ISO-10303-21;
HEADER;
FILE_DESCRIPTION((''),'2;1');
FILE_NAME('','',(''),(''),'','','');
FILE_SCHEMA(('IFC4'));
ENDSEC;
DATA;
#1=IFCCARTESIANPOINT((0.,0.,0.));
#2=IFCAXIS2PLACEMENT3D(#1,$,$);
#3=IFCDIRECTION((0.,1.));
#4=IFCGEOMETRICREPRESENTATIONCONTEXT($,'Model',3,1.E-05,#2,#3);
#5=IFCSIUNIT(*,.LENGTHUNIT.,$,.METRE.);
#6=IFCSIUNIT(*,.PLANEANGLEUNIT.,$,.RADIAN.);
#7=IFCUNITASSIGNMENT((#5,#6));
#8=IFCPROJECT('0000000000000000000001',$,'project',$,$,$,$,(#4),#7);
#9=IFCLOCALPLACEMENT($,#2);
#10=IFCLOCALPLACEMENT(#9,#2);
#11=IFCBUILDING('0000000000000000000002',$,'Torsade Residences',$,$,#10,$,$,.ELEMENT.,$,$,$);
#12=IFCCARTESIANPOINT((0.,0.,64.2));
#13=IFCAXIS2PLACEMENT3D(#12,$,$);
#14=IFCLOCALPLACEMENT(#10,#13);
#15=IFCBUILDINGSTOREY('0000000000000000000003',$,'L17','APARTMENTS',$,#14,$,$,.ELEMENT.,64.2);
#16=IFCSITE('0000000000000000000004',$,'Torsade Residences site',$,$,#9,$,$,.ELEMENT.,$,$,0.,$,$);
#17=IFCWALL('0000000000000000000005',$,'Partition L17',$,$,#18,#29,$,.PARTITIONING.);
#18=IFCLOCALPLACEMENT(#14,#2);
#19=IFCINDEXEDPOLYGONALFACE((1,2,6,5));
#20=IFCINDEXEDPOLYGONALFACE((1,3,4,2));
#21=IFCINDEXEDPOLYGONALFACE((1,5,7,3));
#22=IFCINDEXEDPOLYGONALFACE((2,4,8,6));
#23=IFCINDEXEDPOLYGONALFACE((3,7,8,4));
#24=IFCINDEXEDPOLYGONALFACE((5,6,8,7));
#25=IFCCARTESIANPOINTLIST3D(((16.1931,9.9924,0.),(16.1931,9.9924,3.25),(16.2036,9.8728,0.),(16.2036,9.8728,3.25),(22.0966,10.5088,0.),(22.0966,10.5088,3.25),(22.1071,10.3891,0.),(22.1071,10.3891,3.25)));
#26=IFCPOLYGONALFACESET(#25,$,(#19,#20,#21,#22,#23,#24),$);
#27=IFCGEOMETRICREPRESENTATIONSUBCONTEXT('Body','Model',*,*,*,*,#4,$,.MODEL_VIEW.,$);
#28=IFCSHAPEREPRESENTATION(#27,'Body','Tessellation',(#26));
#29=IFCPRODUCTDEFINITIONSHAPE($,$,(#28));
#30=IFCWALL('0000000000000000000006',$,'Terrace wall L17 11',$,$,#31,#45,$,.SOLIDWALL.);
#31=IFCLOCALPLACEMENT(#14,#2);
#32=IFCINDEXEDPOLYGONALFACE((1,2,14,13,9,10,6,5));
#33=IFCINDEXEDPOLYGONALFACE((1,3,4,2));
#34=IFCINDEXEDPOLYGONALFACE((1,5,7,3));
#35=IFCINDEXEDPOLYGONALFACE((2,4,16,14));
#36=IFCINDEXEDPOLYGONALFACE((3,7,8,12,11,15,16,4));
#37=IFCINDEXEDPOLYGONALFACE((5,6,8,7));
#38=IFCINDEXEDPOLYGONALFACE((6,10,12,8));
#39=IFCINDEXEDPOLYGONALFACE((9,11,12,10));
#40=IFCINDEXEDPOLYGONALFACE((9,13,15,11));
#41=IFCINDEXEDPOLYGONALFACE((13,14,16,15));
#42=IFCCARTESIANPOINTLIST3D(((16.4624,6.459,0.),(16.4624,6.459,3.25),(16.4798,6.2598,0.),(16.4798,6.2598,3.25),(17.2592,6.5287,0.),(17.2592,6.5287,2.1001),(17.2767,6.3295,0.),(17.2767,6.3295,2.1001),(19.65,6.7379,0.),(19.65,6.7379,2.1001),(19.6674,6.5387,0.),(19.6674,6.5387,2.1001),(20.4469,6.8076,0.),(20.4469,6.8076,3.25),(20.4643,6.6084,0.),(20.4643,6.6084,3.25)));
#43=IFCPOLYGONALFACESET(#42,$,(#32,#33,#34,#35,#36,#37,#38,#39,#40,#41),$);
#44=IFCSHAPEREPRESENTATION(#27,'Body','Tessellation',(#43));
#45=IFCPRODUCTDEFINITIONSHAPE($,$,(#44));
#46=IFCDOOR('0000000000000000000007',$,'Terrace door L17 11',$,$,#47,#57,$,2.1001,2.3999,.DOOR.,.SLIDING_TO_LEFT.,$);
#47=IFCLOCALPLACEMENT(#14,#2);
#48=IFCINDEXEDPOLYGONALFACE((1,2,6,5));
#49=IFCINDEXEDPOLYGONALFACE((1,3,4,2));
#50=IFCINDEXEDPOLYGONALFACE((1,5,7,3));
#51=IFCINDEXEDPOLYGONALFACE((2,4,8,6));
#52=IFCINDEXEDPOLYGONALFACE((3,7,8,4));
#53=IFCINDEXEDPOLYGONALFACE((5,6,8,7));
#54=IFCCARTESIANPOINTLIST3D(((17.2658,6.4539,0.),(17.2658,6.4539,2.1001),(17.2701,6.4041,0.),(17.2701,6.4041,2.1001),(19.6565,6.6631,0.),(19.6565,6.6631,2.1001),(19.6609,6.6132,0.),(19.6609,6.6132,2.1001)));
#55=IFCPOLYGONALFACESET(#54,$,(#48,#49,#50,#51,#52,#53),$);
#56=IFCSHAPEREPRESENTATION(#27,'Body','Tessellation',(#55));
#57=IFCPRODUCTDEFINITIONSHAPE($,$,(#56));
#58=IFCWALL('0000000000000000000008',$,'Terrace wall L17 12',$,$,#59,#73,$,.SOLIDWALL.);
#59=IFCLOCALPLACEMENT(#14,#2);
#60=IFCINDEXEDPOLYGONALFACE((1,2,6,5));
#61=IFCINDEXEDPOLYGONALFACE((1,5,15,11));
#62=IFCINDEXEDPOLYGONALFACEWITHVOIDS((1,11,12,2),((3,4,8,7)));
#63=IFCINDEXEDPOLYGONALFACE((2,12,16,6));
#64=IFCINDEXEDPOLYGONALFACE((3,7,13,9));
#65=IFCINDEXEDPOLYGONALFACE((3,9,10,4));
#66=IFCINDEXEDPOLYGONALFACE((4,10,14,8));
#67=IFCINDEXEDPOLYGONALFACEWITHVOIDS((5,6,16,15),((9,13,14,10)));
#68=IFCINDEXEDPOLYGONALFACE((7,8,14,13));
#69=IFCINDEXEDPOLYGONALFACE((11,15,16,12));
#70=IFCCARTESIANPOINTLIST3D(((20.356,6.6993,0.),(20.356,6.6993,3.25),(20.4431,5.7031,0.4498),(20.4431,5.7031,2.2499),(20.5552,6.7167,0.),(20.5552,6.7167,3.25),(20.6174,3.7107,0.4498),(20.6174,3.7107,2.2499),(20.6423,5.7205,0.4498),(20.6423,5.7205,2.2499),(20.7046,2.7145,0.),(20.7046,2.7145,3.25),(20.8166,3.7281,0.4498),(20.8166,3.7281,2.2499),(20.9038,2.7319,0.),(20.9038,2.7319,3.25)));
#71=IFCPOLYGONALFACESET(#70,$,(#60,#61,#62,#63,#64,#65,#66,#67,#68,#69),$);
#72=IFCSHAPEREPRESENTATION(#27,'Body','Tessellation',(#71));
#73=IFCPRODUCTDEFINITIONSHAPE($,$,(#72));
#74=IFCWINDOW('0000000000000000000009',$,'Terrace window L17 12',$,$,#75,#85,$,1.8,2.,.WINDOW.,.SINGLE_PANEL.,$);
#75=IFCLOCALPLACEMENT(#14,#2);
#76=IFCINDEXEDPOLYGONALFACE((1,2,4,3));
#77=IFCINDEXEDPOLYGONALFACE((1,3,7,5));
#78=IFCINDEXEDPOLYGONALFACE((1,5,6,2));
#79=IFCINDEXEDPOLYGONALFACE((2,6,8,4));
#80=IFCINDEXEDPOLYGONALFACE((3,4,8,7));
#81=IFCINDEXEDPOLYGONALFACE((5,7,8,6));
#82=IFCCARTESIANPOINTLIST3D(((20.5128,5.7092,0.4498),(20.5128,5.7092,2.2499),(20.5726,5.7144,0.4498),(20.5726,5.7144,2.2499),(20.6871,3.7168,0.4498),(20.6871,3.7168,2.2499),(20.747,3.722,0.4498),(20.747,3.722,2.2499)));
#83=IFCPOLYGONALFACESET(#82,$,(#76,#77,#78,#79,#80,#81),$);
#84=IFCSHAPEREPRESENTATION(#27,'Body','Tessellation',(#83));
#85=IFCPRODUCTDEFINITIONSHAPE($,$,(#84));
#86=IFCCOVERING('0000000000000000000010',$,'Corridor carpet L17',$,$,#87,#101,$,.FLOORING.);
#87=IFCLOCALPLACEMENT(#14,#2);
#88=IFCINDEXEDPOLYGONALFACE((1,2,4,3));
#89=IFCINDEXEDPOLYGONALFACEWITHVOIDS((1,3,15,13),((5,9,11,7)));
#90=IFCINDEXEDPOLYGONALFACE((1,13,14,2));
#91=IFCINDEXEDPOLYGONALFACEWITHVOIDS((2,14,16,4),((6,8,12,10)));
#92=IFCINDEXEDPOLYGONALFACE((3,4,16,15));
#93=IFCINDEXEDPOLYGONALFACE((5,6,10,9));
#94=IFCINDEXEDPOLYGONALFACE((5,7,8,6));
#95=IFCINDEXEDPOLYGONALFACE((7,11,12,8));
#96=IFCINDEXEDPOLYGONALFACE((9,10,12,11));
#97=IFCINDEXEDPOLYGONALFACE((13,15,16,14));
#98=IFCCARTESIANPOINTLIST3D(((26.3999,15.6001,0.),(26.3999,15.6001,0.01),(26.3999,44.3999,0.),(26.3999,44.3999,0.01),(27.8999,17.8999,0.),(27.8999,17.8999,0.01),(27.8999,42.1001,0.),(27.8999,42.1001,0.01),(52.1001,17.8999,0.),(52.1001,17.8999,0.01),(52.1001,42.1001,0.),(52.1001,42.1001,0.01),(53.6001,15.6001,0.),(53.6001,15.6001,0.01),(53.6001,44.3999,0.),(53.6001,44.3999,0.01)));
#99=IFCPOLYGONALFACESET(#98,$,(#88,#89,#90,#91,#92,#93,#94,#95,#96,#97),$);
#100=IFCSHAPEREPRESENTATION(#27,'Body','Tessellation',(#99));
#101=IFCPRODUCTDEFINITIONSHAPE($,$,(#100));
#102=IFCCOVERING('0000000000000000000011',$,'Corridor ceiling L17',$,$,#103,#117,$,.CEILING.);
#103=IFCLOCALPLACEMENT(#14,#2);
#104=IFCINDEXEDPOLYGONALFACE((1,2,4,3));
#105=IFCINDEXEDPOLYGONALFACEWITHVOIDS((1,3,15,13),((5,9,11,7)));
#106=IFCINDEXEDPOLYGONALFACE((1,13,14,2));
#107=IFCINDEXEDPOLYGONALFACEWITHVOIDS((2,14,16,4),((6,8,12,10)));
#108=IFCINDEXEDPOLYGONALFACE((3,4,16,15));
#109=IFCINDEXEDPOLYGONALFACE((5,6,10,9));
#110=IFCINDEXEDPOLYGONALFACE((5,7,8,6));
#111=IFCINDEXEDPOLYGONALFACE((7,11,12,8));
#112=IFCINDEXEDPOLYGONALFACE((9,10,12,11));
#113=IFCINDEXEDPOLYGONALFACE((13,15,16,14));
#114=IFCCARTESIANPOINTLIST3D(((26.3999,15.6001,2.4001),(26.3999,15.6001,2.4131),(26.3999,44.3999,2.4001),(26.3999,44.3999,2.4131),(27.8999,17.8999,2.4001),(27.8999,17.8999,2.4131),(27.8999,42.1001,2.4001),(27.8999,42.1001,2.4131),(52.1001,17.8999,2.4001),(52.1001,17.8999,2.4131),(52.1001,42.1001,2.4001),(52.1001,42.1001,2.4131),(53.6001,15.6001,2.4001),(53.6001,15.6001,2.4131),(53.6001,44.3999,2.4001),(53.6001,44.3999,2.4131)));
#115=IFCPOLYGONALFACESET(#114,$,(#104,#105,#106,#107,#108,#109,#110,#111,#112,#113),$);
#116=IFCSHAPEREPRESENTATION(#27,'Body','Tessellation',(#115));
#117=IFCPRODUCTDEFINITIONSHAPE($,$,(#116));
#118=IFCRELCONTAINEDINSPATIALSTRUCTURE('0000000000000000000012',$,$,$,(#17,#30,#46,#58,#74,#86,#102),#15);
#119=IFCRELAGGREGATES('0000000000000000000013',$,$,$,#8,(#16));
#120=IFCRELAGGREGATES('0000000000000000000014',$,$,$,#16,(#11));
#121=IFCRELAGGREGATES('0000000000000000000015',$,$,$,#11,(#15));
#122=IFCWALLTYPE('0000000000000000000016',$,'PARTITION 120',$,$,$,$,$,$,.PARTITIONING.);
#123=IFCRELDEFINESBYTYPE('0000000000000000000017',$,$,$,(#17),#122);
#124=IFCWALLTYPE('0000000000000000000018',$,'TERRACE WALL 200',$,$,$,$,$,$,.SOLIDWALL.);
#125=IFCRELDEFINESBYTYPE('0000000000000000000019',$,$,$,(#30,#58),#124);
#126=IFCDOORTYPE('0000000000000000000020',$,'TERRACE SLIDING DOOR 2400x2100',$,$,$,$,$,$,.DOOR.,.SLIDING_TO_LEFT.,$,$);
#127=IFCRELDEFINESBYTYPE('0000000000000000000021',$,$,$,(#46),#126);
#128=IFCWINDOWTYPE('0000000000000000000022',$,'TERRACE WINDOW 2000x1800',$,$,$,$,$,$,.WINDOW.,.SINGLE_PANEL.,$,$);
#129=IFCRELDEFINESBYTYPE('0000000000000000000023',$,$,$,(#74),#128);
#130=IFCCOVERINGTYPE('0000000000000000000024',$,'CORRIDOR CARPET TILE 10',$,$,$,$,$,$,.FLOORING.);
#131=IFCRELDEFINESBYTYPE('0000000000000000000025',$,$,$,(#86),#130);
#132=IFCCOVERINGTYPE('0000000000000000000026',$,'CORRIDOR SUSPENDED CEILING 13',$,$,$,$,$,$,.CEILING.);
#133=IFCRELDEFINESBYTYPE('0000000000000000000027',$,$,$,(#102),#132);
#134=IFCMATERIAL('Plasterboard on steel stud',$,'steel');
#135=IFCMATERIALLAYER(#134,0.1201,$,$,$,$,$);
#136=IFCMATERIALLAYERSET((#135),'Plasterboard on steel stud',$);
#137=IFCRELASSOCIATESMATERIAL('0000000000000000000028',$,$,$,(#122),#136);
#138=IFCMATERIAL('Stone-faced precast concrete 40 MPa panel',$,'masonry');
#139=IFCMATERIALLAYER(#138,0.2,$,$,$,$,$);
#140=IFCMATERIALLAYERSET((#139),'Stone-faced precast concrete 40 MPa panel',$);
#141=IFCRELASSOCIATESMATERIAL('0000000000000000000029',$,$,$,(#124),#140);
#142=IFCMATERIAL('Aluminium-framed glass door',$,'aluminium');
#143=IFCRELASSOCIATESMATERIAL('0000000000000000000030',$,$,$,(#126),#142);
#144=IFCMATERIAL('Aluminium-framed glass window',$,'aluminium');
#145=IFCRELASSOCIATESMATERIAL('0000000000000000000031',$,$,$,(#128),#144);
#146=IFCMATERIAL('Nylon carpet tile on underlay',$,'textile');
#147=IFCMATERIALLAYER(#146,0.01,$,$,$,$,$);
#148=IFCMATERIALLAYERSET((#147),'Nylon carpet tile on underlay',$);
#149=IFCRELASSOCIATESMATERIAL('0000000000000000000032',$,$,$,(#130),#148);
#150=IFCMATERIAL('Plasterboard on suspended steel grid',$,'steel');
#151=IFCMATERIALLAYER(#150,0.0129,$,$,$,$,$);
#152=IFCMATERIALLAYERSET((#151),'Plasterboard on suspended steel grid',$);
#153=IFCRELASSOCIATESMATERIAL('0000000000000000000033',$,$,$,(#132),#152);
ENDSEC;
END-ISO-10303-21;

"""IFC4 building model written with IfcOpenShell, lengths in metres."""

from ifc_helpers import new_model, si_unit, direction, frame, frame_2d, origin, place, context, subcontext, project, spatial, polyline, rectangle, outline, extrude, material, layer, layer_set, type_object, element, fill, save


model = new_model("IFC4")

# Units and contexts
model_context = context("Model", 3, precision=1e-05, world=origin(), true_north=direction((0.0, 1.0)))
body_context = subcontext(model_context, "Body", "Model", "MODEL_VIEW")
ifc_project = project(units=[si_unit("LENGTHUNIT", "METRE"), si_unit("PLANEANGLEUNIT", "RADIAN")], contexts=[model_context])

# Site, building, storey
site_placement = place(None, origin())
site = spatial("IfcSite", under=ifc_project, at=site_placement, Name="Torsade Residences site", CompositionType="ELEMENT", RefElevation=0.0)
building_placement = place(site_placement, origin())
building = spatial("IfcBuilding", under=site, at=building_placement, Name="Torsade Residences", CompositionType="ELEMENT")
storey_placement = place(building_placement, frame((0.0, 0.0, 64.2)))
storey = spatial("IfcBuildingStorey", under=building, at=storey_placement, Name="L17", Description="APARTMENTS", CompositionType="ELEMENT", Elevation=64.2)

# Wall
ifc_material_1 = material(Name="Plasterboard on steel stud", Category="steel")
ifc_layer_1 = layer(ifc_material_1, 0.1201)
ifc_layer_set_1 = layer_set([ifc_layer_1], Name="Plasterboard on steel stud")
wall_type_1 = type_object("IfcWallType", Name="PARTITION 120", PredefinedType="PARTITIONING", material=ifc_layer_set_1)
wall_1_placement = place(storey_placement, frame((16.1985, 9.9326, 0.0), z_axis=(0.0, 0.0, 1.0), x_axis=(0.996197, 0.087133, 0.0)))
element("IfcWall", 1, at=wall_1_placement, inside=storey, type_object=wall_type_1, Name="Partition L17", PredefinedType="PARTITIONING", context=body_context, shape_type="SweptSolid", body=[
    extrude(rectangle(XDim=5.926, YDim=0.1201, at=frame_2d((2.9629, 0.0))), origin(), (0.0, 0.0, 1.0), 3.25),
])

# Wall, opening, door
ifc_material_2 = material(Name="Stone-faced precast concrete 40 MPa panel", Category="masonry")
ifc_layer_2 = layer(ifc_material_2, 0.2)
ifc_layer_set_2 = layer_set([ifc_layer_2], Name="Stone-faced precast concrete 40 MPa panel")
wall_type_2 = type_object("IfcWallType", Name="TERRACE WALL 200", PredefinedType="SOLIDWALL", material=ifc_layer_set_2)
wall_2_placement = place(storey_placement, frame((16.4709, 6.3594, 0.0), z_axis=(0.0, 0.0, 1.0), x_axis=(0.996194, 0.087162, 0.0)))
wall_2 = element("IfcWall", 2, at=wall_2_placement, inside=storey, type_object=wall_type_2, Name="Terrace wall L17 11", PredefinedType="SOLIDWALL", context=body_context, shape_type="SweptSolid", body=[
    extrude(rectangle(XDim=3.9998, YDim=0.2, at=frame_2d((2.0, 0.0))), origin(), (0.0, 0.0, 1.0), 3.25),
])
opening_1_placement = place(wall_2_placement, frame((0.8, 0.0, 0.0)))
opening_1 = element("IfcOpeningElement", 3, at=opening_1_placement, cuts=wall_2, PredefinedType="OPENING", context=body_context, shape_type="SweptSolid", body=[
    extrude(rectangle(XDim=2.3999, YDim=2.1001, at=frame_2d((1.2, 1.05))), frame((0.0, 0.1099, 0.0), z_axis=(0.0, -1.0, 0.0), x_axis=(1.0, 0.0, 0.0)), (0.0, 0.0, 1.0), 0.22),
])
ifc_material_3 = material(Name="Aluminium-framed glass door", Category="aluminium")
door_type = type_object("IfcDoorType", Name="TERRACE SLIDING DOOR 2400x2100", OperationType="SLIDING_TO_LEFT", PredefinedType="DOOR", material=ifc_material_3)
door_placement = place(opening_1_placement, origin())
door = element("IfcDoor", 4, at=door_placement, inside=storey, type_object=door_type, Name="Terrace door L17 11", OperationType="SLIDING_TO_LEFT", OverallHeight=2.1001, OverallWidth=2.3999, PredefinedType="DOOR", context=body_context, shape_type="SweptSolid", body=[
    extrude(rectangle(XDim=2.3999, YDim=2.1001, at=frame_2d((1.2, 1.05))), frame((0.0, 0.0249, 0.0), z_axis=(0.0, -1.0, 0.0), x_axis=(1.0, 0.0, 0.0)), (0.0, 0.0, 1.0), 0.05),
])
fill(opening_1, door)

# Wall, opening, window
wall_3_placement = place(storey_placement, frame((20.4556, 6.708, 0.0), z_axis=(0.0, 0.0, 1.0), x_axis=(0.087156, -0.996195, 0.0)))
wall_3 = element("IfcWall", 5, at=wall_3_placement, inside=storey, type_object=wall_type_2, Name="Terrace wall L17 12", PredefinedType="SOLIDWALL", context=body_context, shape_type="SweptSolid", body=[
    extrude(rectangle(XDim=4.0, YDim=0.2, at=frame_2d((2.0, 0.0))), origin(), (0.0, 0.0, 1.0), 3.25),
])
opening_2_placement = place(wall_3_placement, frame((1.0, 0.0, 0.45)))
opening_2 = element("IfcOpeningElement", 6, at=opening_2_placement, cuts=wall_3, PredefinedType="OPENING", context=body_context, shape_type="SweptSolid", body=[
    extrude(rectangle(XDim=2.0, YDim=1.8, at=frame_2d((1.0, 0.8999))), frame((0.0, 0.1099, 0.0), z_axis=(0.0, -1.0, 0.0), x_axis=(1.0, 0.0, 0.0)), (0.0, 0.0, 1.0), 0.22),
])
ifc_material_4 = material(Name="Aluminium-framed glass window", Category="aluminium")
window_type = type_object("IfcWindowType", Name="TERRACE WINDOW 2000x1800", PartitioningType="SINGLE_PANEL", PredefinedType="WINDOW", material=ifc_material_4)
window_placement = place(opening_2_placement, origin())
window = element("IfcWindow", 7, at=window_placement, inside=storey, type_object=window_type, Name="Terrace window L17 12", OverallHeight=1.8, OverallWidth=2.0, PartitioningType="SINGLE_PANEL", PredefinedType="WINDOW", context=body_context, shape_type="SweptSolid", body=[
    extrude(rectangle(XDim=2.0, YDim=1.8, at=frame_2d((1.0, 0.8999))), frame((0.0, 0.03, 0.0), z_axis=(0.0, -1.0, 0.0), x_axis=(1.0, 0.0, 0.0)), (0.0, 0.0, 1.0), 0.0601),
])
fill(opening_2, window)

# Coverings
ifc_material_5 = material(Name="Nylon carpet tile on underlay", Category="textile")
ifc_layer_3 = layer(ifc_material_5, 0.01)
ifc_layer_set_3 = layer_set([ifc_layer_3], Name="Nylon carpet tile on underlay")
covering_type_1 = type_object("IfcCoveringType", Name="CORRIDOR CARPET TILE 10", PredefinedType="FLOORING", material=ifc_layer_set_3)
covering_1_placement = place(storey_placement, origin())
element("IfcCovering", 8, at=covering_1_placement, inside=storey, type_object=covering_type_1, Name="Corridor carpet L17", PredefinedType="FLOORING", context=body_context, shape_type="SweptSolid", body=[
    extrude(outline(polyline([(53.6001, 15.6001), (53.6001, 44.3999), (26.3999, 44.3999), (26.3999, 15.6001), (53.6001, 15.6001)]), holes=[polyline([(52.1001, 42.1001), (27.8999, 42.1001), (27.8999, 17.8999), (52.1001, 17.8999), (52.1001, 42.1001)])]), origin(), (0.0, 0.0, 1.0), 0.01),
])
ifc_material_6 = material(Name="Plasterboard on suspended steel grid", Category="steel")
ifc_layer_4 = layer(ifc_material_6, 0.0129)
ifc_layer_set_4 = layer_set([ifc_layer_4], Name="Plasterboard on suspended steel grid")
covering_type_2 = type_object("IfcCoveringType", Name="CORRIDOR SUSPENDED CEILING 13", PredefinedType="CEILING", material=ifc_layer_set_4)
covering_2_placement = place(storey_placement, frame((0.0, 0.0, 2.4001)))
element("IfcCovering", 9, at=covering_2_placement, inside=storey, type_object=covering_type_2, Name="Corridor ceiling L17", PredefinedType="CEILING", context=body_context, shape_type="SweptSolid", body=[
    extrude(outline(polyline([(53.6001, 15.6001), (53.6001, 44.3999), (26.3999, 44.3999), (26.3999, 15.6001), (53.6001, 15.6001)]), holes=[polyline([(52.1001, 42.1001), (27.8999, 42.1001), (27.8999, 17.8999), (52.1001, 17.8999), (52.1001, 42.1001)])]), origin(), (0.0, 0.0, 1.0), 0.0129),
])

save(model, "model.ifc")
